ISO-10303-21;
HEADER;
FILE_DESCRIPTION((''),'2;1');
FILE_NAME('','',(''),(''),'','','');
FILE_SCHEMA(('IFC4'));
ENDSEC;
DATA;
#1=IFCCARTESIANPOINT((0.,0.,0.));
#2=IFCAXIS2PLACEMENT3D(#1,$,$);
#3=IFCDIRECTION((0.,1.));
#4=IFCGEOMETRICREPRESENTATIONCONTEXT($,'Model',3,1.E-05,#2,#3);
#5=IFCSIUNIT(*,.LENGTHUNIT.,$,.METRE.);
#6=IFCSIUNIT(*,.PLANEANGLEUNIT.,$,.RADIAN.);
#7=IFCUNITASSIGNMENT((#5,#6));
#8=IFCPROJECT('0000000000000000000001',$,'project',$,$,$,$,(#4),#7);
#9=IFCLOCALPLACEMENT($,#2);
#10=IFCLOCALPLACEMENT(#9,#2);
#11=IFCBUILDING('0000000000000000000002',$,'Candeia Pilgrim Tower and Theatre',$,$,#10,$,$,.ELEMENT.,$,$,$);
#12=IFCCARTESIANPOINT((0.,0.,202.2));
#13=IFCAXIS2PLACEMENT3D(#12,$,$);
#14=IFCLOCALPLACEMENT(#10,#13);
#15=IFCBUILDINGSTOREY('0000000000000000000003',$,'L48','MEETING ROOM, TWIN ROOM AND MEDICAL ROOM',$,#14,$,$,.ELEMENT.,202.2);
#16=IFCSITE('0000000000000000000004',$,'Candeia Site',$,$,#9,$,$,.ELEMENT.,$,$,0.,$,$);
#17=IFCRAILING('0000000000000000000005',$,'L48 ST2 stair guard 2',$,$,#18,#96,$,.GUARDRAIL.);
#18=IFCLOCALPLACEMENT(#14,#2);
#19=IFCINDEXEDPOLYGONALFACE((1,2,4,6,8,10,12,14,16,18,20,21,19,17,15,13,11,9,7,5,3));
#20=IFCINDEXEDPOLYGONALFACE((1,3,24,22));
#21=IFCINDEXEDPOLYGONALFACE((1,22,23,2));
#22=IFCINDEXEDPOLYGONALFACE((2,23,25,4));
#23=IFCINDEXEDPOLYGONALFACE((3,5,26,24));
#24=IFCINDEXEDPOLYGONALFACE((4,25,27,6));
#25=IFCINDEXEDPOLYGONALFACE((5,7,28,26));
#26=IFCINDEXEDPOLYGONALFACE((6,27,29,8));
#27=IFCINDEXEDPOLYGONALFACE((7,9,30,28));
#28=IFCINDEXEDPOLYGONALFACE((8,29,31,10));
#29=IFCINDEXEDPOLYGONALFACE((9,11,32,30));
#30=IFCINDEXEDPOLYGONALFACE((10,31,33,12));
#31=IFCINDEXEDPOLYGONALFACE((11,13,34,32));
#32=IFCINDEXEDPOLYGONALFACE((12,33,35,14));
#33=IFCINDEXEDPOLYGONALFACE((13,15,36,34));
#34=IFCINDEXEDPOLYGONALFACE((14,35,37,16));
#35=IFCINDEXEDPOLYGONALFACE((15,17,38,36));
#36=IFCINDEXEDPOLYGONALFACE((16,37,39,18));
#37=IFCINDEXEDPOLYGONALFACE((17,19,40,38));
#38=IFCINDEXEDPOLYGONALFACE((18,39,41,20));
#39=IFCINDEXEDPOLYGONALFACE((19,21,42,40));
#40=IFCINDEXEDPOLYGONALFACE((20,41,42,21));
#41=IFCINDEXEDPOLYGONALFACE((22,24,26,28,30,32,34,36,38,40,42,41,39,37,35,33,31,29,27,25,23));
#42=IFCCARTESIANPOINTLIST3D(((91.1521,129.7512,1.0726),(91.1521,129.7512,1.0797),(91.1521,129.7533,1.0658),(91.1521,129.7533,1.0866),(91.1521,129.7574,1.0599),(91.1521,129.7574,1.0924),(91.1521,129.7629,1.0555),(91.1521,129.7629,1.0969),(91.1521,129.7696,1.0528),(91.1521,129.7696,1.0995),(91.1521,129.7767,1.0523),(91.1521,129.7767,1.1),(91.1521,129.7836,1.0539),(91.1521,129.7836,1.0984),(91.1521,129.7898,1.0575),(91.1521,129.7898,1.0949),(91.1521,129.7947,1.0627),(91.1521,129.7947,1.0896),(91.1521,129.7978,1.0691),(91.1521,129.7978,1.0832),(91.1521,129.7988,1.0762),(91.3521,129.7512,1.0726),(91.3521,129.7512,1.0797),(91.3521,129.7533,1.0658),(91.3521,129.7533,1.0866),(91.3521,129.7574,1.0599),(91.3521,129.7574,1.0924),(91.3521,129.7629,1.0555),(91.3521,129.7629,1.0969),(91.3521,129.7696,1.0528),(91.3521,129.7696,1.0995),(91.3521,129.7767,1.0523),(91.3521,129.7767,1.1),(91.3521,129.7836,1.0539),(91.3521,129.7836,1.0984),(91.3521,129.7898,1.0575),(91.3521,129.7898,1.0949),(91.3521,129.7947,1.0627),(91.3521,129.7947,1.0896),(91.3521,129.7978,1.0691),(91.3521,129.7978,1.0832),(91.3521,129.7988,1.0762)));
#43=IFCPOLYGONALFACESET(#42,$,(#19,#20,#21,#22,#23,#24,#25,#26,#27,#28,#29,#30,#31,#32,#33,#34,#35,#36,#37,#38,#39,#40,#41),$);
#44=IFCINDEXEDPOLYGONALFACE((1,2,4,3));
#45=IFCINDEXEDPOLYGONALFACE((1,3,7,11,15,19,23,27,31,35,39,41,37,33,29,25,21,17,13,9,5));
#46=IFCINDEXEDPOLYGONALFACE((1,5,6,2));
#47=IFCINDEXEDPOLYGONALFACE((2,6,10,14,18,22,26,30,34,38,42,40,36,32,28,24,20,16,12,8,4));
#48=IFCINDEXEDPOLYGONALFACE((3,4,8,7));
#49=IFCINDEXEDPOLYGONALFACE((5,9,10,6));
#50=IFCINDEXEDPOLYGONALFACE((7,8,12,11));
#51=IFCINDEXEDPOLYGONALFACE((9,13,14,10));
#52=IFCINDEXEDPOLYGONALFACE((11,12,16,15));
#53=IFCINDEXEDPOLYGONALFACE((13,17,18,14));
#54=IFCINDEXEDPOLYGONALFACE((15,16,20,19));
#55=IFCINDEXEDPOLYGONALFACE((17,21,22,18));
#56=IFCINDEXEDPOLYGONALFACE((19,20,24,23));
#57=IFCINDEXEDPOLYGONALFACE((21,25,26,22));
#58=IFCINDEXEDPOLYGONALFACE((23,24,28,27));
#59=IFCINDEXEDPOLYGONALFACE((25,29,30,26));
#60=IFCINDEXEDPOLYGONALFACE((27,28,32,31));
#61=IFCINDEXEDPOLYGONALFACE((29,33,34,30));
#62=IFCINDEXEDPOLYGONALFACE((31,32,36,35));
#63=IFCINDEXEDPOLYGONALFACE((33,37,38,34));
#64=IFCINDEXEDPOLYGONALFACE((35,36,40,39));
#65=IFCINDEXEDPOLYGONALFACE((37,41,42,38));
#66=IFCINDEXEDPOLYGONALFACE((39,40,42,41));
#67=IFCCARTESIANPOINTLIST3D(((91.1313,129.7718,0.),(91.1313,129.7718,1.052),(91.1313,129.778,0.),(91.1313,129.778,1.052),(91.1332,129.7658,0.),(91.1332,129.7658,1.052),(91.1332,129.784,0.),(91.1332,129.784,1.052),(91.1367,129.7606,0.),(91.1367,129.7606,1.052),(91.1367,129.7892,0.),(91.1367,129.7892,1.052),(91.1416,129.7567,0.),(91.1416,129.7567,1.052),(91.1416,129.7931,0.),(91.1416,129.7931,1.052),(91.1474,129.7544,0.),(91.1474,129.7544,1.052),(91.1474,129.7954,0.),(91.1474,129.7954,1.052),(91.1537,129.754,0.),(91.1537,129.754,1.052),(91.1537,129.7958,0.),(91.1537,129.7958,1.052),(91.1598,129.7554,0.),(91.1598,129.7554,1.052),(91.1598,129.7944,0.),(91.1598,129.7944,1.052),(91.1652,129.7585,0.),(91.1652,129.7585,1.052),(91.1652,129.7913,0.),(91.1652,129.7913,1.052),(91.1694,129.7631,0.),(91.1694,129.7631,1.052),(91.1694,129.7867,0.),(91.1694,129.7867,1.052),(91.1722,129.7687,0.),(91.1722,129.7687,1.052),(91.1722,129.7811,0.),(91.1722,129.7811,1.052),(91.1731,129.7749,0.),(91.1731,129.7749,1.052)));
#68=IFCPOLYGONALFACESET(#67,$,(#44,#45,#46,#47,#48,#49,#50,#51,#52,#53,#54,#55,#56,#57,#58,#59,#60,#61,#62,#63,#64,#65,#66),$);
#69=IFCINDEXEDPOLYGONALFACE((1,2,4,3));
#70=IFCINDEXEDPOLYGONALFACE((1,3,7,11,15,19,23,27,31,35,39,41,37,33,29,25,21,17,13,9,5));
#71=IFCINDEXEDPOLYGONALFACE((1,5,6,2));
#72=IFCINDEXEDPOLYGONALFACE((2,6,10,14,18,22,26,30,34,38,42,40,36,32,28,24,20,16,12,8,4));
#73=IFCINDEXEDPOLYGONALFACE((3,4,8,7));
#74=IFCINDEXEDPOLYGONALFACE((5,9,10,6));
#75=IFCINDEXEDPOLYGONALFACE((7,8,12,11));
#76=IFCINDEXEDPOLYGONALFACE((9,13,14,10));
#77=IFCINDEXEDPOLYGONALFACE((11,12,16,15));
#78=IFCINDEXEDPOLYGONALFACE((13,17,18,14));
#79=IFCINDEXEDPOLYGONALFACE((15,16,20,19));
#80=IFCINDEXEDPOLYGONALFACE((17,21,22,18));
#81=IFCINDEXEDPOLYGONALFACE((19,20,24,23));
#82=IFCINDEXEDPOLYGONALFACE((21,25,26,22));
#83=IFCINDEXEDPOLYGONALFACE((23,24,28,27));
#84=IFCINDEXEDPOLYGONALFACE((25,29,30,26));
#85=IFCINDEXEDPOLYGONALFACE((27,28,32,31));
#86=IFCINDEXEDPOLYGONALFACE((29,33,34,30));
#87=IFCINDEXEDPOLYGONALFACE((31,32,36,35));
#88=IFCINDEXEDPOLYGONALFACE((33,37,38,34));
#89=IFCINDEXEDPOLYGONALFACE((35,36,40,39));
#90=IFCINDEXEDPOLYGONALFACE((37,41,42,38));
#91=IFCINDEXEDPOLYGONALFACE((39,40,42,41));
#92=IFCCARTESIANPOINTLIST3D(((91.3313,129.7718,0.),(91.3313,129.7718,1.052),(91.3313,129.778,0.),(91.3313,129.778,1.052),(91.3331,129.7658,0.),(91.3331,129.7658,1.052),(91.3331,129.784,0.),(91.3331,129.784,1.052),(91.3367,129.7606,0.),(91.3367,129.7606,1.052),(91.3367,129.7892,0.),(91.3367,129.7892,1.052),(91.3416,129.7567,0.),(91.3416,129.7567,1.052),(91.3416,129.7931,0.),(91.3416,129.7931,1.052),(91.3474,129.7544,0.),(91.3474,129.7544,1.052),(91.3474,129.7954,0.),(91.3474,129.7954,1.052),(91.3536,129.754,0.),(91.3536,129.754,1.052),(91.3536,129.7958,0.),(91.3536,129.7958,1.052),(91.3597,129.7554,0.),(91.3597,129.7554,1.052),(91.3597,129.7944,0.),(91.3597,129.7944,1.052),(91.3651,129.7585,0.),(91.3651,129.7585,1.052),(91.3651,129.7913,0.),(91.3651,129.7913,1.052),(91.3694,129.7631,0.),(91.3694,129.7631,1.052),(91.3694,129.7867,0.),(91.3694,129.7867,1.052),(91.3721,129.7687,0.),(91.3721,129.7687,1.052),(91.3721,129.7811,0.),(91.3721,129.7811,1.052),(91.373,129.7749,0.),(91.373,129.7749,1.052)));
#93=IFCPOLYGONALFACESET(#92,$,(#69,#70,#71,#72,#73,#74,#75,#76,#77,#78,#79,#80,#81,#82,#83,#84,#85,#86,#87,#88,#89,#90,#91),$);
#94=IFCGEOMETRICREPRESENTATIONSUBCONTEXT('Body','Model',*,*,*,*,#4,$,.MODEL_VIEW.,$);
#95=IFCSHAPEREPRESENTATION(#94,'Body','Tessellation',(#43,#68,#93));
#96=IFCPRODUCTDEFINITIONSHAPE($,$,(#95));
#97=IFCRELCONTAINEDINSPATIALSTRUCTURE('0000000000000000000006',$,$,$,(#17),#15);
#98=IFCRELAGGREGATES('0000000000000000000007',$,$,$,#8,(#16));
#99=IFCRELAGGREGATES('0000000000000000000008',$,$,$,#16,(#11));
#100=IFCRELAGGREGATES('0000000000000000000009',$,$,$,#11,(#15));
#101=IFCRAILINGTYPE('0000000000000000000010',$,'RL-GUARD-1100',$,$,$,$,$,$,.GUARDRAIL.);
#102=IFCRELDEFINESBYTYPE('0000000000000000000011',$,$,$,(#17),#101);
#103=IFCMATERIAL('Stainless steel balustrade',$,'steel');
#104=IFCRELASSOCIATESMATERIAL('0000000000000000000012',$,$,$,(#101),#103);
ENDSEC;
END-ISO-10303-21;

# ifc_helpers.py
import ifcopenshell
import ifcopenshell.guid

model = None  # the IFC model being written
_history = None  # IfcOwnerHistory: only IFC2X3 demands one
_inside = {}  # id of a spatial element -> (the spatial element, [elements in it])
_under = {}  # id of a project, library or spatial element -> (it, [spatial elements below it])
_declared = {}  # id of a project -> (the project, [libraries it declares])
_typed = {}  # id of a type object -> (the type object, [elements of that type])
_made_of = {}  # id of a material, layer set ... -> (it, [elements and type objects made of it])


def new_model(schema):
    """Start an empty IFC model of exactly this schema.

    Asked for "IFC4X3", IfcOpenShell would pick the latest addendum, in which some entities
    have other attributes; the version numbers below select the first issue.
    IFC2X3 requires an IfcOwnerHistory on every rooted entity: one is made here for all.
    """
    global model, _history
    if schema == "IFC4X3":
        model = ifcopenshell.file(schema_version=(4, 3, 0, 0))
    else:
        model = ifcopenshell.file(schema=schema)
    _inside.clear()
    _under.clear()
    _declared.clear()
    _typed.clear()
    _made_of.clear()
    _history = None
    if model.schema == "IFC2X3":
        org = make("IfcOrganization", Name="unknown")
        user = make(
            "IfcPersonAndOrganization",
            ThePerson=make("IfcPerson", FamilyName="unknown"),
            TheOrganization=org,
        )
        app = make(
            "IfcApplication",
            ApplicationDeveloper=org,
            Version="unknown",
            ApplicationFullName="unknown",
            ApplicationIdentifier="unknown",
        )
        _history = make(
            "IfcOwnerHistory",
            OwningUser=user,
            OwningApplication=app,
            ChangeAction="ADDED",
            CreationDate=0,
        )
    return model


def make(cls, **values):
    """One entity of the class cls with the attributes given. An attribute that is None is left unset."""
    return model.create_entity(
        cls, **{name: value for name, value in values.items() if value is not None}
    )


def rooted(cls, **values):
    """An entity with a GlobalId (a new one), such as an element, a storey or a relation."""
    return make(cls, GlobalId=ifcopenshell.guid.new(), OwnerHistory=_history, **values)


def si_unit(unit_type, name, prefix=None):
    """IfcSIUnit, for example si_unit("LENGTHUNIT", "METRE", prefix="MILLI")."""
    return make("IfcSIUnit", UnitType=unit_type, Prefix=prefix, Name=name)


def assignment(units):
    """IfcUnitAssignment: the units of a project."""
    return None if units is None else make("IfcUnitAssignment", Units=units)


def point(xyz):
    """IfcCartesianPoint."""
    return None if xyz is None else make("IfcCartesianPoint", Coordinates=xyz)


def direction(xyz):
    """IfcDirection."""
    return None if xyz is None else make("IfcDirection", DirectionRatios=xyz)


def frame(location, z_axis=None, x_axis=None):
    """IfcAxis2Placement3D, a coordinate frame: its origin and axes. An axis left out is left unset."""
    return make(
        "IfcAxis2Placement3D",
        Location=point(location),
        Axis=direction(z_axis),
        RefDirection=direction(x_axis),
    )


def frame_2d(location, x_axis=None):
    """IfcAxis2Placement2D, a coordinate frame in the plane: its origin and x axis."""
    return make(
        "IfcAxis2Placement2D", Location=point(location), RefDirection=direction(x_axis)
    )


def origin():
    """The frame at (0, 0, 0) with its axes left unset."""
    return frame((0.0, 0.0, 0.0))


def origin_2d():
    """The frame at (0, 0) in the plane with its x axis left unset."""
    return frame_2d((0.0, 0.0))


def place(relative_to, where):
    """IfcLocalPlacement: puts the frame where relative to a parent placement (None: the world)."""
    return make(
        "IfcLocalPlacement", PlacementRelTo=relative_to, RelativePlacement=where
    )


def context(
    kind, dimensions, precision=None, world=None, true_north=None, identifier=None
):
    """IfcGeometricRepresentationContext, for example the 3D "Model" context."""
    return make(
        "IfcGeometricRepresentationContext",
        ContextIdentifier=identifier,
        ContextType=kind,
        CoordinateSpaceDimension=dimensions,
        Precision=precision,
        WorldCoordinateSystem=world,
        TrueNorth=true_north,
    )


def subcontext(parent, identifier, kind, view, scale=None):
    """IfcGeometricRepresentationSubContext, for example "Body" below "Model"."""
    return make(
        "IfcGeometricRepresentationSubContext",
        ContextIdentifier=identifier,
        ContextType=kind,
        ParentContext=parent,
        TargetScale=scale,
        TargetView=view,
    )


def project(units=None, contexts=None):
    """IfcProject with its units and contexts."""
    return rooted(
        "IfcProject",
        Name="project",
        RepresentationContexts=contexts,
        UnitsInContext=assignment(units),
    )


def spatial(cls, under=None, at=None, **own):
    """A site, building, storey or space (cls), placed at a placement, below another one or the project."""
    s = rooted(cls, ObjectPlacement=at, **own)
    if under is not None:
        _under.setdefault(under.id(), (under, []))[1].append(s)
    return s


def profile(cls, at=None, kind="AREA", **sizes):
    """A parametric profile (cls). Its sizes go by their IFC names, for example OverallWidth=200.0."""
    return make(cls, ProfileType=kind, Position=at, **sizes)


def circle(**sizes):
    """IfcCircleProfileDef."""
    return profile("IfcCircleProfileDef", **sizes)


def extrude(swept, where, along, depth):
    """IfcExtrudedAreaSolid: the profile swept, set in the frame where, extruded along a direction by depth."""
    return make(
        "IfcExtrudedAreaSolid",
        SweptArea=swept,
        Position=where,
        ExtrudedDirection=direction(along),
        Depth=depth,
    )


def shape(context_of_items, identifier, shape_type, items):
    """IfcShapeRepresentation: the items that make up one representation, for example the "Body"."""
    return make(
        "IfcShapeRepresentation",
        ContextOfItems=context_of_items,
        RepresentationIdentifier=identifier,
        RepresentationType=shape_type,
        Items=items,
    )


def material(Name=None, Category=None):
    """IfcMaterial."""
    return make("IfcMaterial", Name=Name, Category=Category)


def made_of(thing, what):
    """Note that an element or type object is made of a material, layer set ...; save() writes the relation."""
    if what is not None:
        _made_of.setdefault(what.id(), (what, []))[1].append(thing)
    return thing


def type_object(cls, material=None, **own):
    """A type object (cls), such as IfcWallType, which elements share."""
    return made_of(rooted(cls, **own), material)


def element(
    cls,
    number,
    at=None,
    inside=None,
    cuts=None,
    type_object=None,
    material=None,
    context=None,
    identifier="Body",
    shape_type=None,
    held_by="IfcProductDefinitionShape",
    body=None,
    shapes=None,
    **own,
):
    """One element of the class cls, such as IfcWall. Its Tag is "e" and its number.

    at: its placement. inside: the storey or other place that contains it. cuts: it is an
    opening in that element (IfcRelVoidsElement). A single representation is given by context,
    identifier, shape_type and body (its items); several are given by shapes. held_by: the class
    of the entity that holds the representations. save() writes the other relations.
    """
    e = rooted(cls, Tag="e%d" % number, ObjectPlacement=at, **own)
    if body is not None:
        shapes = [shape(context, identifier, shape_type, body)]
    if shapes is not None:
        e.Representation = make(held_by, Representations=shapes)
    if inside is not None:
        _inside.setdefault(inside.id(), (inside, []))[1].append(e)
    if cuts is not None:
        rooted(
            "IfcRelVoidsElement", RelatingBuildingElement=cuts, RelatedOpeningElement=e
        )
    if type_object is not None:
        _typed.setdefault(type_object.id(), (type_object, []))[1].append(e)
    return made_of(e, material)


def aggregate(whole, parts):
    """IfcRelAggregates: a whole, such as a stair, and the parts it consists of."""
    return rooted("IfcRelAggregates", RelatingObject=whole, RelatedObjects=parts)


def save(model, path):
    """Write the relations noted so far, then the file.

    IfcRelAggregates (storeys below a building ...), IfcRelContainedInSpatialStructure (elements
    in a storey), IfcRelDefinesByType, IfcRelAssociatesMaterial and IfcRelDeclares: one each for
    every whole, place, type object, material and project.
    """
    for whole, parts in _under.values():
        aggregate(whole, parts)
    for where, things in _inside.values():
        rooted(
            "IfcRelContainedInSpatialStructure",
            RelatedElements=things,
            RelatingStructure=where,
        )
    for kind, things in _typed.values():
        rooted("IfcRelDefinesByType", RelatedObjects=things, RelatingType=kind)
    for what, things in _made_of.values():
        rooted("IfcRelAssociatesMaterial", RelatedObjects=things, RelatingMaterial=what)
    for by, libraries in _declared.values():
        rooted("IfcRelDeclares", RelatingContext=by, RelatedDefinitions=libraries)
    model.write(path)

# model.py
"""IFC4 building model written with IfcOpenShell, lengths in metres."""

from ifc_helpers import new_model, si_unit, direction, frame, origin, origin_2d, place, context, subcontext, project, spatial, circle, extrude, material, type_object, element, save


model = new_model("IFC4")

# Units and contexts
model_context = context("Model", 3, precision=1e-05, world=origin(), true_north=direction((0.0, 1.0)))
body_context = subcontext(model_context, "Body", "Model", "MODEL_VIEW")
ifc_project = project(units=[si_unit("LENGTHUNIT", "METRE"), si_unit("PLANEANGLEUNIT", "RADIAN")], contexts=[model_context])

# Site, building, storey
site_placement = place(None, origin())
site = spatial("IfcSite", under=ifc_project, at=site_placement, Name="Candeia Site", CompositionType="ELEMENT", RefElevation=0.0)
building_placement = place(site_placement, origin())
building = spatial("IfcBuilding", under=site, at=building_placement, Name="Candeia Pilgrim Tower and Theatre", CompositionType="ELEMENT")
storey_placement = place(building_placement, frame((0.0, 0.0, 202.2)))
storey = spatial("IfcBuildingStorey", under=building, at=storey_placement, Name="L48", Description="MEETING ROOM, TWIN ROOM AND MEDICAL ROOM", CompositionType="ELEMENT", Elevation=202.2)

# Shared definitions
ifc_material_1 = material(Name="Stainless steel balustrade", Category="steel")

# Railing
railing_type_1 = type_object("IfcRailingType", Name="RL-GUARD-1100", PredefinedType="GUARDRAIL", material=ifc_material_1)
railing_1_placement = place(storey_placement, frame((91.1521, 129.7749, 0.0)))
element("IfcRailing", 1, at=railing_1_placement, inside=storey, type_object=railing_type_1, Name="L48 ST2 stair guard 2", PredefinedType="GUARDRAIL", context=body_context, shape_type="SweptSolid", body=[
    extrude(circle(Radius=0.0239, at=origin_2d()), frame((0.0, 0.0, 1.0762), z_axis=(1.0, 0.0, 0.0), x_axis=(0.0, 1.0, 0.0)), (0.0, 0.0, 1.0), 0.2),
    extrude(circle(Radius=0.021, at=origin_2d()), origin(), (0.0, 0.0, 1.0), 1.052),
    extrude(circle(Radius=0.021, at=origin_2d()), frame((0.2, 0.0, 0.0)), (0.0, 0.0, 1.0), 1.052),
])

save(model, "model.ifc")
